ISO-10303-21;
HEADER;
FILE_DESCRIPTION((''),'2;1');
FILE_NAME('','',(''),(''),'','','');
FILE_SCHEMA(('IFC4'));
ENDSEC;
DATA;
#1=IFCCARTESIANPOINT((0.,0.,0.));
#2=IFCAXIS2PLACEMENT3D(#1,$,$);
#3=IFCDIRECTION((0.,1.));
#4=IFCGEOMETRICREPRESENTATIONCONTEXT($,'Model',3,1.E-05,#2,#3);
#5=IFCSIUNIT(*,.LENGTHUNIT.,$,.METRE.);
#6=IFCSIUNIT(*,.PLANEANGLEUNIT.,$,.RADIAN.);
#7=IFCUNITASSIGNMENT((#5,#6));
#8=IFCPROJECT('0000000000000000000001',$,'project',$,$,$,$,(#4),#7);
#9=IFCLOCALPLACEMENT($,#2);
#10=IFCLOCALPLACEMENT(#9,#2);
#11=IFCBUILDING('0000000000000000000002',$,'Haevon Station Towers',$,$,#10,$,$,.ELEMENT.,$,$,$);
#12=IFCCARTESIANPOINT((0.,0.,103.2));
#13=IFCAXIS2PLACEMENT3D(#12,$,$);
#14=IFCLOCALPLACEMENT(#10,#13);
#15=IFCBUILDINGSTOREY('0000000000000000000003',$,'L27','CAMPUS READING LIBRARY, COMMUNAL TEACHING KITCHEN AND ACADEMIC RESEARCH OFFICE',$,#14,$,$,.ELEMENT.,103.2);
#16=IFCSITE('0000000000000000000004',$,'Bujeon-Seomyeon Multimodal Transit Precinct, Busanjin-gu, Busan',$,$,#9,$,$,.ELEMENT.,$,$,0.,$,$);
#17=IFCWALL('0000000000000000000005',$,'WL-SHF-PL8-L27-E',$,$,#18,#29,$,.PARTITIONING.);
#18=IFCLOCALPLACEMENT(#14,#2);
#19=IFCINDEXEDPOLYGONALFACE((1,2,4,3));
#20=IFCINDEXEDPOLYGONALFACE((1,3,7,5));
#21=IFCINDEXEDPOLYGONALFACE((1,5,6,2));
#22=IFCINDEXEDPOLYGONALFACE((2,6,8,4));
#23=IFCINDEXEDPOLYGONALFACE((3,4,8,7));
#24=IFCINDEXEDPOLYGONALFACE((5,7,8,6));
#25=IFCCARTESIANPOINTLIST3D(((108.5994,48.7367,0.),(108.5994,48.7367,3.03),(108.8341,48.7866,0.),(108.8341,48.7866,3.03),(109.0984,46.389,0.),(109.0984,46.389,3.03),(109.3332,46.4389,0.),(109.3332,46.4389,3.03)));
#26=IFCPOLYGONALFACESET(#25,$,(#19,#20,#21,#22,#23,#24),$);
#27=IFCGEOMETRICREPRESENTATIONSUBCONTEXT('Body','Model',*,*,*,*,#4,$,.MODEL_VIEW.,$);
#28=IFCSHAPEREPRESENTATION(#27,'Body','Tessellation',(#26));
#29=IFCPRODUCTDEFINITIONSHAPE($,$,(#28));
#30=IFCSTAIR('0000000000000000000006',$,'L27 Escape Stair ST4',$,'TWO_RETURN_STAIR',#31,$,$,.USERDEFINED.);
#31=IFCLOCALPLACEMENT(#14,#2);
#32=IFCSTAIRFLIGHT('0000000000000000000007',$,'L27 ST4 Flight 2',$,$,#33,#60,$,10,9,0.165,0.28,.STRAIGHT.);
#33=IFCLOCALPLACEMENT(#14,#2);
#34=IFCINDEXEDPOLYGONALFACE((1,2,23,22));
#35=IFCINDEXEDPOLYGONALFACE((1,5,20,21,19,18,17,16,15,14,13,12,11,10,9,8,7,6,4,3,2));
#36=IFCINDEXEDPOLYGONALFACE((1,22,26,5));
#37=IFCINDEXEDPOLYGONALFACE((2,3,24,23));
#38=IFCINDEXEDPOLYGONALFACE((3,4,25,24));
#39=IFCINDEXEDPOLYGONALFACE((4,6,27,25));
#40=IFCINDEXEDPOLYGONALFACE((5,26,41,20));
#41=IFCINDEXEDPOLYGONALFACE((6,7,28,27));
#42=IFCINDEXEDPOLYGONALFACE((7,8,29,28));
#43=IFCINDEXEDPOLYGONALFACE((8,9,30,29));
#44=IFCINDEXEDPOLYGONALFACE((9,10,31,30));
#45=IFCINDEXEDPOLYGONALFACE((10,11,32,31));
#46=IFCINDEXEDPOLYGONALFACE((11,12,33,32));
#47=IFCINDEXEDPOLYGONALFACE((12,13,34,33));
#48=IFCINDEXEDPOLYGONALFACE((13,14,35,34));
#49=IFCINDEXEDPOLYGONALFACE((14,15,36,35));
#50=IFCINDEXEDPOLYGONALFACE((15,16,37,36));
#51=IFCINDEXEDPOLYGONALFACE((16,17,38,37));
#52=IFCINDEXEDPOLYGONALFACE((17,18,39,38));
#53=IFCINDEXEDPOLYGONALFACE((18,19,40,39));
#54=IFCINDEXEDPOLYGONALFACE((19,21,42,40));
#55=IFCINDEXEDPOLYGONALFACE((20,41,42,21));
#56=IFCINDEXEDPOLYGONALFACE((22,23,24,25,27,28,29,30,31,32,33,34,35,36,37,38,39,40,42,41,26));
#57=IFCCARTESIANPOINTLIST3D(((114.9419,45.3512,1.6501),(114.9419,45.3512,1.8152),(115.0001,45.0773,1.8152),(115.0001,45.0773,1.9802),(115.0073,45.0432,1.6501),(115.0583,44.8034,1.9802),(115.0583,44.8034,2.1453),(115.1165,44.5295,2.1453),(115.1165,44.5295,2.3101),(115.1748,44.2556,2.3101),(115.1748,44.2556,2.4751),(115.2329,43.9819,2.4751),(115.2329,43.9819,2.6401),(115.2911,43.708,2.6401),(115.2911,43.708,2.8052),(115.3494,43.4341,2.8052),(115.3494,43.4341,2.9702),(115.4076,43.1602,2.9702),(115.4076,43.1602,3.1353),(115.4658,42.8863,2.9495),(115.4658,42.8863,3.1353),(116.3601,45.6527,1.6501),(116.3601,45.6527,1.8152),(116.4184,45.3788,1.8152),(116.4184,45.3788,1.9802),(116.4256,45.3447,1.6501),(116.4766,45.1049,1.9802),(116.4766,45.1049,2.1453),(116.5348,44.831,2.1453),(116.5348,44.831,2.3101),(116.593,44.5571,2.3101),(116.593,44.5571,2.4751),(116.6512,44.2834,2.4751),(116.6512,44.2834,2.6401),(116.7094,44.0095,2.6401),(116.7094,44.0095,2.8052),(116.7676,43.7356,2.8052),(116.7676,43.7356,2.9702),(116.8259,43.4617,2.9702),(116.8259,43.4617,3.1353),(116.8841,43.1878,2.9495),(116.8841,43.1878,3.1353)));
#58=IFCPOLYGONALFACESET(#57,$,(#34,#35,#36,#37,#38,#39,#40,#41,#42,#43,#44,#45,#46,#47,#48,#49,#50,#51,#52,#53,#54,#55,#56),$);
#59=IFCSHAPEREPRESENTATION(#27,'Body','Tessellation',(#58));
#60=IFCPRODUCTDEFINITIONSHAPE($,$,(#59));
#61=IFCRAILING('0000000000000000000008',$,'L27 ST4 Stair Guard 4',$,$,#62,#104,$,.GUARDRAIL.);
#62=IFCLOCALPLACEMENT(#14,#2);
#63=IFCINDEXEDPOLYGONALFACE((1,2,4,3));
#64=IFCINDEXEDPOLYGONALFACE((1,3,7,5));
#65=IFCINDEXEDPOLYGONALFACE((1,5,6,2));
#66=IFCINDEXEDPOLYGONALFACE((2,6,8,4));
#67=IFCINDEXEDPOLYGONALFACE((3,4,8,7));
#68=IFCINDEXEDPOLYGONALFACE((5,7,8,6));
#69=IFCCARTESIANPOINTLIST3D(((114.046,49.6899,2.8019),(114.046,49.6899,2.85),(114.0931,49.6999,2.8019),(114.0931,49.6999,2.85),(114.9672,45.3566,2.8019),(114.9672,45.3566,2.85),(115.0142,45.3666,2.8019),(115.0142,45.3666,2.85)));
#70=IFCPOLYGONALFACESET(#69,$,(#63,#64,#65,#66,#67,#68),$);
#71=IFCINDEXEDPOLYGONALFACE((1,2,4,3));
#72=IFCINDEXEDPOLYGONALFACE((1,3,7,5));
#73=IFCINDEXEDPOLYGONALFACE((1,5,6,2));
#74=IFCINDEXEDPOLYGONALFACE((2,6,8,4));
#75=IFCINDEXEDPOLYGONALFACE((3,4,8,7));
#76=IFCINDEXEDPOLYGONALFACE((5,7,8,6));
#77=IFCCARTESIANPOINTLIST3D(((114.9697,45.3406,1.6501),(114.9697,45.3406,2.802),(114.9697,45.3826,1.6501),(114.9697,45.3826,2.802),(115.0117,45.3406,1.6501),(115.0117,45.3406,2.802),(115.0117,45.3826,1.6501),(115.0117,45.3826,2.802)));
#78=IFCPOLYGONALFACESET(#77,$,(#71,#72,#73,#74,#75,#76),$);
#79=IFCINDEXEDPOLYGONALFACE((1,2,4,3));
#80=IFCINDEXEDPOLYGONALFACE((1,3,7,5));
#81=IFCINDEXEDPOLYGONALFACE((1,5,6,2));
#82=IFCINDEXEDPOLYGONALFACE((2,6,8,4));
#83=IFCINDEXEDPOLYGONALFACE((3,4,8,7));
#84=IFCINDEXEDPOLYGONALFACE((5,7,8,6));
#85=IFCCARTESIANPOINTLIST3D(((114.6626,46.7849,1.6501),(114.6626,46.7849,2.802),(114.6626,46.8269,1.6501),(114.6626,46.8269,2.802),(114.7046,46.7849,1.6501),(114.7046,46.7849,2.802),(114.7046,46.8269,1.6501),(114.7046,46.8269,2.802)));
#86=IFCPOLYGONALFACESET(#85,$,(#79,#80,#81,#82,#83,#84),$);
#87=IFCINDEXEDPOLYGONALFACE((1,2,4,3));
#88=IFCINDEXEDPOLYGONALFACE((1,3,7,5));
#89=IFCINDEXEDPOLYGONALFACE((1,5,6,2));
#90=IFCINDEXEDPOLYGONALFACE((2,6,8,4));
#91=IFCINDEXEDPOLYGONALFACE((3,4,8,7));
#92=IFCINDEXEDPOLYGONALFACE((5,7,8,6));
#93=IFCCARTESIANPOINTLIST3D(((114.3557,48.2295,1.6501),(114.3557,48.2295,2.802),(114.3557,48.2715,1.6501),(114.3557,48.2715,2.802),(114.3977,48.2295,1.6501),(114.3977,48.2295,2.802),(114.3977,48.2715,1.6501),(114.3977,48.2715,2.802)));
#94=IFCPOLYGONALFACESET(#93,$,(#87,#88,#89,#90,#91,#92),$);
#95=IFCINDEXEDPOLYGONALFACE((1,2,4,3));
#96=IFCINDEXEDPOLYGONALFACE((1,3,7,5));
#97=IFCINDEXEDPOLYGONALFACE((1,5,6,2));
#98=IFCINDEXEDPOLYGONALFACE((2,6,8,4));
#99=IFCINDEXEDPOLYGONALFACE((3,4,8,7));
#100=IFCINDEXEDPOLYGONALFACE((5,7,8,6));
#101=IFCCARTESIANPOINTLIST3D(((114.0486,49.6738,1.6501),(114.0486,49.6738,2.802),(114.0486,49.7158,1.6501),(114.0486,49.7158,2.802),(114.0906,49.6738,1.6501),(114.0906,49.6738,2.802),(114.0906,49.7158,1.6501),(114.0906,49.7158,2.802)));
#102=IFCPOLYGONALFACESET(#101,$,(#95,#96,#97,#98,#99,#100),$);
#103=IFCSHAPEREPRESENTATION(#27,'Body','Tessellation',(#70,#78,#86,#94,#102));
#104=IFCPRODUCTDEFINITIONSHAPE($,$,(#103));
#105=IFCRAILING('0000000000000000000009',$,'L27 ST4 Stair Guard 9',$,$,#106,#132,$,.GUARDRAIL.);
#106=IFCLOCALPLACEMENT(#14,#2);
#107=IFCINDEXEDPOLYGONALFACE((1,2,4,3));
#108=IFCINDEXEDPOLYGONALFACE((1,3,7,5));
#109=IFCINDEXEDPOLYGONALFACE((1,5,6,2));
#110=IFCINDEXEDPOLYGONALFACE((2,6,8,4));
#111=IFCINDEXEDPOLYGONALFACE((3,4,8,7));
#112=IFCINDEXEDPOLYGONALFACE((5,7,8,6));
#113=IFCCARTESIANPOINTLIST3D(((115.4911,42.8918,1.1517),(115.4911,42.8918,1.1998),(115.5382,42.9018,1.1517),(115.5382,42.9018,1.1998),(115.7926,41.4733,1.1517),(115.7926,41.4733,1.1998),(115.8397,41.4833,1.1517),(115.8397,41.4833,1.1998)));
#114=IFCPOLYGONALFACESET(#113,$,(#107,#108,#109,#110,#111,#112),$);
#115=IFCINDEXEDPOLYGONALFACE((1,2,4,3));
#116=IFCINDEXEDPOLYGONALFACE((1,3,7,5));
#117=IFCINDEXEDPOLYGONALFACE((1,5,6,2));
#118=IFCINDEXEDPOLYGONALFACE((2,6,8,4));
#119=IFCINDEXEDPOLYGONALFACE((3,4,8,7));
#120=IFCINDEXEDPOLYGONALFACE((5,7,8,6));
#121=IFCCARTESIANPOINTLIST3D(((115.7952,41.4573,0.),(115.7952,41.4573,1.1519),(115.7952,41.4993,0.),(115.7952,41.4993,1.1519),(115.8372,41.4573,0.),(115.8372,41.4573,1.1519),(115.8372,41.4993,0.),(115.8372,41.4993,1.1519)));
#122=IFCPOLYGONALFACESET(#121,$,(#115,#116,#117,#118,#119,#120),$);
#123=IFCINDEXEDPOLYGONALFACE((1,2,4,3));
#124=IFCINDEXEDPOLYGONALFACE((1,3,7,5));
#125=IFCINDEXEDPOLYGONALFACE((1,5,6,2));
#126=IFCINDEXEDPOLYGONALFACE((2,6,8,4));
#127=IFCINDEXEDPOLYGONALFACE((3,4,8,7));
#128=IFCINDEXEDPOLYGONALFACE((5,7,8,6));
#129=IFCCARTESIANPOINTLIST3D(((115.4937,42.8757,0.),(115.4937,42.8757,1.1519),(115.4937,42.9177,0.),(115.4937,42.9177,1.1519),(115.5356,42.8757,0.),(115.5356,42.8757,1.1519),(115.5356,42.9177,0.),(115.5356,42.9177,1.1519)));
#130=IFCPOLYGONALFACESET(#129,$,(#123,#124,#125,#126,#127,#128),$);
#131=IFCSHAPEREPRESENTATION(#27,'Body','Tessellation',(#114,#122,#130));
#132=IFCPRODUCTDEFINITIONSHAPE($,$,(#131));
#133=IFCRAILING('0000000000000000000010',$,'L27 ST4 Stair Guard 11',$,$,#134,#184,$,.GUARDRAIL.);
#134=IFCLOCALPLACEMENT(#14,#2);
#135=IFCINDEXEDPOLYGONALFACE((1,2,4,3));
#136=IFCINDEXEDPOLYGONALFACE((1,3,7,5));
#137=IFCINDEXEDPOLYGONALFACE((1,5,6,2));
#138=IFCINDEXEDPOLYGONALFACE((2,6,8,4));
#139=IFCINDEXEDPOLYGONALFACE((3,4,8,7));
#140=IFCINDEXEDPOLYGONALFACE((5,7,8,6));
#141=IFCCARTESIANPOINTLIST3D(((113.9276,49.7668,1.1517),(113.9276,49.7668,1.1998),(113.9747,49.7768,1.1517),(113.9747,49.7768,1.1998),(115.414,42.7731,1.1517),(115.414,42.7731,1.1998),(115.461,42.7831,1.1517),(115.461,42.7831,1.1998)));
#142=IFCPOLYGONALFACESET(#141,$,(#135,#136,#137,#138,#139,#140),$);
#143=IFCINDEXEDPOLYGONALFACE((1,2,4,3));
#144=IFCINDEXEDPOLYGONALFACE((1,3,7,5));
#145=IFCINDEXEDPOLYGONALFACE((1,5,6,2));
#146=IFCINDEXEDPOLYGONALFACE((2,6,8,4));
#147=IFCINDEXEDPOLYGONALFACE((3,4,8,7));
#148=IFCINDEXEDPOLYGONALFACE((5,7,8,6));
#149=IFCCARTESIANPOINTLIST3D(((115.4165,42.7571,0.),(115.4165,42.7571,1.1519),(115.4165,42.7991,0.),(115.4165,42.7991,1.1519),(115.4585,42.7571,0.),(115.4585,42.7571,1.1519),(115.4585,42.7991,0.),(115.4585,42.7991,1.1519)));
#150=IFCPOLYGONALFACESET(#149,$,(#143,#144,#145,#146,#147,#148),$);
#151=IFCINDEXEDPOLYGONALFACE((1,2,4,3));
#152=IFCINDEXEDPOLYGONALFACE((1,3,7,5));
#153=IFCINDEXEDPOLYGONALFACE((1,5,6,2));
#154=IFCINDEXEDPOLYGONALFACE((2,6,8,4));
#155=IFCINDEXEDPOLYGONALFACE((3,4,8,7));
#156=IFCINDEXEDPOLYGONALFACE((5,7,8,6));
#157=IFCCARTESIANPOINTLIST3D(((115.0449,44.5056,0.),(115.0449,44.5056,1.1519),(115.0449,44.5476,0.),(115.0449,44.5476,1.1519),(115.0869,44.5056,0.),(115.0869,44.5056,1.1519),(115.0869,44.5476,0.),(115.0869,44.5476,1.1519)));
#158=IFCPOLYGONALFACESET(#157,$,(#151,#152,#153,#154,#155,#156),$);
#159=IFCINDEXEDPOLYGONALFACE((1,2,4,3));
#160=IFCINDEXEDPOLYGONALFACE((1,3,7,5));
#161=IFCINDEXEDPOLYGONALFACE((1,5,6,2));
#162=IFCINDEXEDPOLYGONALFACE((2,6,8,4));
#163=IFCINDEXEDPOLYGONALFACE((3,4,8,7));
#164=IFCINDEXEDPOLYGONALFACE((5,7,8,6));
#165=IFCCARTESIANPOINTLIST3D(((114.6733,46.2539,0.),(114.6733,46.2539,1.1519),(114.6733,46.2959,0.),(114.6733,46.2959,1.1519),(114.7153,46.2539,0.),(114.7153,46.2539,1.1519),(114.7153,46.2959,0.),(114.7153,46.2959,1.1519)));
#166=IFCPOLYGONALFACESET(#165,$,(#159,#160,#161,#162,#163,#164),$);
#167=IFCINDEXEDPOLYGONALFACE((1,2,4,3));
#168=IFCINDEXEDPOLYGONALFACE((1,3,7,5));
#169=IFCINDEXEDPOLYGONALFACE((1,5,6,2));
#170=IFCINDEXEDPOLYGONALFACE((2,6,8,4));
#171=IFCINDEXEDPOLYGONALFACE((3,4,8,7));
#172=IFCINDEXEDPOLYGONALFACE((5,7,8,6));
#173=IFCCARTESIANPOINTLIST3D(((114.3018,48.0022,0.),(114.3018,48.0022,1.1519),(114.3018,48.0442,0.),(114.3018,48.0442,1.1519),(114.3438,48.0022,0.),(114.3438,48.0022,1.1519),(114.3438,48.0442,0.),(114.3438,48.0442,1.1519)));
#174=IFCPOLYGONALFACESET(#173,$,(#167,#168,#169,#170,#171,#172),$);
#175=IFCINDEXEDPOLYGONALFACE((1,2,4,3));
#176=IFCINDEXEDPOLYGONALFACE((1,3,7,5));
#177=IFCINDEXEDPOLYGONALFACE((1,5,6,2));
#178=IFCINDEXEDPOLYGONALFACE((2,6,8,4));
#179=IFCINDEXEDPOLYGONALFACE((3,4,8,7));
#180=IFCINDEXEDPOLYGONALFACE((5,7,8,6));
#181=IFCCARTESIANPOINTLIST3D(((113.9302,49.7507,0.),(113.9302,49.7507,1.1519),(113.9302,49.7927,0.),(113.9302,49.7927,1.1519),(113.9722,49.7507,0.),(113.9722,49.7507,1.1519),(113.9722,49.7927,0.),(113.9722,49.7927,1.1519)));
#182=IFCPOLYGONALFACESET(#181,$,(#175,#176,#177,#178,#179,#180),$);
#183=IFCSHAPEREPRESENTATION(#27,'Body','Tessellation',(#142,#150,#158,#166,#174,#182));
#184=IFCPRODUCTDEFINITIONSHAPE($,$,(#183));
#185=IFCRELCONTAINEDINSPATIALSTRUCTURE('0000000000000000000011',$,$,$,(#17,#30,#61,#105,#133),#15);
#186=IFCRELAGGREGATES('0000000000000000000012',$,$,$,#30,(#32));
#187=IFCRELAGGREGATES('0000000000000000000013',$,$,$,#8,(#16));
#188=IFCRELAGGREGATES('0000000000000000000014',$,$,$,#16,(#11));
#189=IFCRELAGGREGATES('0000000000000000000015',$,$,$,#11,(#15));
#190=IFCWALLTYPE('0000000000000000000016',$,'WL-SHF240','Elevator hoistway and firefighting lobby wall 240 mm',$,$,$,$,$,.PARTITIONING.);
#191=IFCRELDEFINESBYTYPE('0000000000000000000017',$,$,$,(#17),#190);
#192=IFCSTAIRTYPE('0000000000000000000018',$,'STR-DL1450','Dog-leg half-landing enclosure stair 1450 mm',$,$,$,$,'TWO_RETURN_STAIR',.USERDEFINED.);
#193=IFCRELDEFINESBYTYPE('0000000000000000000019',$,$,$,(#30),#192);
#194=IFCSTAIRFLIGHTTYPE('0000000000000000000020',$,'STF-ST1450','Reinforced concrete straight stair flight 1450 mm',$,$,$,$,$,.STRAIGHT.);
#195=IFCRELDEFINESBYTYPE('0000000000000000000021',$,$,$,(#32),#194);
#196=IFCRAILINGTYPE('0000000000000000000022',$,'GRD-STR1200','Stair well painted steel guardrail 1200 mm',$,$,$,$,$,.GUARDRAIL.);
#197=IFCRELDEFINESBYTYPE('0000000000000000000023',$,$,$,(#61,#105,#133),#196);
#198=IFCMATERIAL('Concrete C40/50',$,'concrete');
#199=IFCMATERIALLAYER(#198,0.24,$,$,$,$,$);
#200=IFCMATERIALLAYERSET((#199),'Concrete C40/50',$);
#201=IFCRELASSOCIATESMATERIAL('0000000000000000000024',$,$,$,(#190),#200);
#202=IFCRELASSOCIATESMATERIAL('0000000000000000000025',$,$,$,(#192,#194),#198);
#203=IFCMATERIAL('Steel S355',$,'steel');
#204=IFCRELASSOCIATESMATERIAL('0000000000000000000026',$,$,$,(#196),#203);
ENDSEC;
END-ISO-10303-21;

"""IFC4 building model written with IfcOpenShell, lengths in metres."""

from ifc_helpers import new_model, si_unit, direction, frame, frame_2d, origin, origin_2d, place, context, subcontext, project, spatial, polyline, rectangle, outline, extrude, material, layer, layer_set, type_object, element, aggregate, save


model = new_model("IFC4")

# Units and contexts
model_context = context("Model", 3, precision=1e-05, world=origin(), true_north=direction((0.0, 1.0)))
body_context = subcontext(model_context, "Body", "Model", "MODEL_VIEW")
ifc_project = project(units=[si_unit("LENGTHUNIT", "METRE"), si_unit("PLANEANGLEUNIT", "RADIAN")], contexts=[model_context])

# Site, building, storey
site_placement = place(None, origin())
site = spatial("IfcSite", under=ifc_project, at=site_placement, Name="Bujeon-Seomyeon Multimodal Transit Precinct, Busanjin-gu, Busan", CompositionType="ELEMENT", RefElevation=0.0)
building_placement = place(site_placement, origin())
building = spatial("IfcBuilding", under=site, at=building_placement, Name="Haevon Station Towers", CompositionType="ELEMENT")
storey_placement = place(building_placement, frame((0.0, 0.0, 103.2)))
storey = spatial("IfcBuildingStorey", under=building, at=storey_placement, Name="L27", Description="CAMPUS READING LIBRARY, COMMUNAL TEACHING KITCHEN AND ACADEMIC RESEARCH OFFICE", CompositionType="ELEMENT", Elevation=103.2)

# Shared definitions
ifc_material_1 = material(Name="Steel S355", Category="steel")

# Wall
ifc_material_2 = material(Name="Concrete C40/50", Category="concrete")
ifc_layer_1 = layer(ifc_material_2, 0.24)
ifc_layer_set_1 = layer_set([ifc_layer_1], Name="Concrete C40/50")
wall_type_1 = type_object("IfcWallType", Name="WL-SHF240", Description="Elevator hoistway and firefighting lobby wall 240 mm", PredefinedType="PARTITIONING", material=ifc_layer_set_1)
wall_1_placement = place(storey_placement, frame((109.2158, 46.4138, 0.0), z_axis=(0.0, 0.0, 1.0), x_axis=(-0.207917, 0.978146, 0.0)))
element("IfcWall", 1, at=wall_1_placement, inside=storey, type_object=wall_type_1, Name="WL-SHF-PL8-L27-E", PredefinedType="PARTITIONING", context=body_context, shape_type="SweptSolid", body=[
    extrude(rectangle(XDim=2.4001, YDim=0.24, at=frame_2d((1.2002, 0.0))), origin(), (0.0, 0.0, 1.0), 3.03),
])

# Stair, stair flight
stair_type = type_object("IfcStairType", Name="STR-DL1450", Description="Dog-leg half-landing enclosure stair 1450 mm", ElementType="TWO_RETURN_STAIR", PredefinedType="USERDEFINED", material=ifc_material_2)
stair_placement = place(storey_placement, origin())
stair = element("IfcStair", 2, at=stair_placement, inside=storey, type_object=stair_type, Name="L27 Escape Stair ST4", ObjectType="TWO_RETURN_STAIR", PredefinedType="USERDEFINED")
stair_flight_type = type_object("IfcStairFlightType", Name="STF-ST1450", Description="Reinforced concrete straight stair flight 1450 mm", PredefinedType="STRAIGHT", material=ifc_material_2)
stair_flight_placement = place(storey_placement, frame((115.6509, 45.502, 1.6501), z_axis=(0.0, 0.0, 1.0), x_axis=(0.207912, -0.978148, 0.0)))
stair_flight = element("IfcStairFlight", 3, at=stair_flight_placement, type_object=stair_flight_type, Name="L27 ST4 Flight 2", NumberOfRisers=10, NumberOfTreads=9, PredefinedType="STRAIGHT", RiserHeight=0.165, TreadLength=0.28, context=body_context, shape_type="SweptSolid", body=[
    extrude(outline(polyline([(0.0, 0.0), (0.0, 0.165), (0.28, 0.165), (0.28, 0.3301), (0.5601, 0.3301), (0.5601, 0.4951), (0.8401, 0.4951), (0.8401, 0.6599), (1.1201, 0.6599), (1.1201, 0.825), (1.3999, 0.825), (1.3999, 0.99), (1.6799, 0.99), (1.6799, 1.155), (1.96, 1.155), (1.96, 1.3201), (2.24, 1.3201), (2.24, 1.4851), (2.52, 1.4851), (2.52, 1.6499), (2.52, 1.2993), (0.3149, 0.0), (0.0, 0.0)])), frame((0.0, 0.7251, 0.0), z_axis=(0.0, -1.0, 0.0), x_axis=(1.0, 0.0, 0.0)), (0.0, 0.0, 1.0), 1.45),
])
aggregate(stair, [stair_flight])

# Railings
railing_type_1 = type_object("IfcRailingType", Name="GRD-STR1200", Description="Stair well painted steel guardrail 1200 mm", PredefinedType="GUARDRAIL", material=ifc_material_1)
railing_1_placement = place(storey_placement, frame((114.9907, 45.3616, 1.6501)))
element("IfcRailing", 4, at=railing_1_placement, inside=storey, type_object=railing_type_1, Name="L27 ST4 Stair Guard 4", PredefinedType="GUARDRAIL", context=body_context, shape_type="SweptSolid", body=[
    extrude(rectangle(XDim=0.0481, YDim=0.0481, at=origin_2d()), frame((0.0, 0.0, 1.1758), z_axis=(-0.207929, 0.978144, 0.0), x_axis=(-0.978144, -0.207929, 0.0)), (0.0, 0.0, 1.0), 4.4302),
    extrude(rectangle(XDim=0.042, YDim=0.042, at=origin_2d()), origin(), (0.0, 0.0, 1.0), 1.1519),
    extrude(rectangle(XDim=0.042, YDim=0.042, at=origin_2d()), frame((-0.3071, 1.4443, 0.0)), (0.0, 0.0, 1.0), 1.1519),
    extrude(rectangle(XDim=0.042, YDim=0.042, at=origin_2d()), frame((-0.614, 2.8889, 0.0)), (0.0, 0.0, 1.0), 1.1519),
    extrude(rectangle(XDim=0.042, YDim=0.042, at=origin_2d()), frame((-0.9211, 4.3333, 0.0)), (0.0, 0.0, 1.0), 1.1519),
])
railing_2_placement = place(storey_placement, frame((115.8162, 41.4783, 0.0)))
element("IfcRailing", 5, at=railing_2_placement, inside=storey, type_object=railing_type_1, Name="L27 ST4 Stair Guard 9", PredefinedType="GUARDRAIL", context=body_context, shape_type="SweptSolid", body=[
    extrude(rectangle(XDim=0.0481, YDim=0.0481, at=origin_2d()), frame((0.0, 0.0, 1.1758), z_axis=(-0.207919, 0.978146, 0.0), x_axis=(-0.978146, -0.207919, 0.0)), (0.0, 0.0, 1.0), 1.4502),
    extrude(rectangle(XDim=0.042, YDim=0.042, at=origin_2d()), origin(), (0.0, 0.0, 1.0), 1.1519),
    extrude(rectangle(XDim=0.042, YDim=0.042, at=origin_2d()), frame((-0.3015, 1.4185, 0.0)), (0.0, 0.0, 1.0), 1.1519),
])
railing_3_placement = place(storey_placement, frame((115.4375, 42.7781, 0.0)))
element("IfcRailing", 6, at=railing_3_placement, inside=storey, type_object=railing_type_1, Name="L27 ST4 Stair Guard 11", PredefinedType="GUARDRAIL", context=body_context, shape_type="SweptSolid", body=[
    extrude(rectangle(XDim=0.0481, YDim=0.0481, at=origin_2d()), frame((0.0, 0.0, 1.1758), z_axis=(-0.207882, 0.978154, 0.0), x_axis=(-0.978154, -0.207882, 0.0)), (0.0, 0.0, 1.0), 7.1499),
    extrude(rectangle(XDim=0.042, YDim=0.042, at=origin_2d()), origin(), (0.0, 0.0, 1.0), 1.1519),
    extrude(rectangle(XDim=0.042, YDim=0.042, at=origin_2d()), frame((-0.3716, 1.7485, 0.0)), (0.0, 0.0, 1.0), 1.1519),
    extrude(rectangle(XDim=0.042, YDim=0.042, at=origin_2d()), frame((-0.7432, 3.4968, 0.0)), (0.0, 0.0, 1.0), 1.1519),
    extrude(rectangle(XDim=0.042, YDim=0.042, at=origin_2d()), frame((-1.1147, 5.2451, 0.0)), (0.0, 0.0, 1.0), 1.1519),
    extrude(rectangle(XDim=0.042, YDim=0.042, at=origin_2d()), frame((-1.4863, 6.9937, 0.0)), (0.0, 0.0, 1.0), 1.1519),
])

save(model, "model.ifc")
